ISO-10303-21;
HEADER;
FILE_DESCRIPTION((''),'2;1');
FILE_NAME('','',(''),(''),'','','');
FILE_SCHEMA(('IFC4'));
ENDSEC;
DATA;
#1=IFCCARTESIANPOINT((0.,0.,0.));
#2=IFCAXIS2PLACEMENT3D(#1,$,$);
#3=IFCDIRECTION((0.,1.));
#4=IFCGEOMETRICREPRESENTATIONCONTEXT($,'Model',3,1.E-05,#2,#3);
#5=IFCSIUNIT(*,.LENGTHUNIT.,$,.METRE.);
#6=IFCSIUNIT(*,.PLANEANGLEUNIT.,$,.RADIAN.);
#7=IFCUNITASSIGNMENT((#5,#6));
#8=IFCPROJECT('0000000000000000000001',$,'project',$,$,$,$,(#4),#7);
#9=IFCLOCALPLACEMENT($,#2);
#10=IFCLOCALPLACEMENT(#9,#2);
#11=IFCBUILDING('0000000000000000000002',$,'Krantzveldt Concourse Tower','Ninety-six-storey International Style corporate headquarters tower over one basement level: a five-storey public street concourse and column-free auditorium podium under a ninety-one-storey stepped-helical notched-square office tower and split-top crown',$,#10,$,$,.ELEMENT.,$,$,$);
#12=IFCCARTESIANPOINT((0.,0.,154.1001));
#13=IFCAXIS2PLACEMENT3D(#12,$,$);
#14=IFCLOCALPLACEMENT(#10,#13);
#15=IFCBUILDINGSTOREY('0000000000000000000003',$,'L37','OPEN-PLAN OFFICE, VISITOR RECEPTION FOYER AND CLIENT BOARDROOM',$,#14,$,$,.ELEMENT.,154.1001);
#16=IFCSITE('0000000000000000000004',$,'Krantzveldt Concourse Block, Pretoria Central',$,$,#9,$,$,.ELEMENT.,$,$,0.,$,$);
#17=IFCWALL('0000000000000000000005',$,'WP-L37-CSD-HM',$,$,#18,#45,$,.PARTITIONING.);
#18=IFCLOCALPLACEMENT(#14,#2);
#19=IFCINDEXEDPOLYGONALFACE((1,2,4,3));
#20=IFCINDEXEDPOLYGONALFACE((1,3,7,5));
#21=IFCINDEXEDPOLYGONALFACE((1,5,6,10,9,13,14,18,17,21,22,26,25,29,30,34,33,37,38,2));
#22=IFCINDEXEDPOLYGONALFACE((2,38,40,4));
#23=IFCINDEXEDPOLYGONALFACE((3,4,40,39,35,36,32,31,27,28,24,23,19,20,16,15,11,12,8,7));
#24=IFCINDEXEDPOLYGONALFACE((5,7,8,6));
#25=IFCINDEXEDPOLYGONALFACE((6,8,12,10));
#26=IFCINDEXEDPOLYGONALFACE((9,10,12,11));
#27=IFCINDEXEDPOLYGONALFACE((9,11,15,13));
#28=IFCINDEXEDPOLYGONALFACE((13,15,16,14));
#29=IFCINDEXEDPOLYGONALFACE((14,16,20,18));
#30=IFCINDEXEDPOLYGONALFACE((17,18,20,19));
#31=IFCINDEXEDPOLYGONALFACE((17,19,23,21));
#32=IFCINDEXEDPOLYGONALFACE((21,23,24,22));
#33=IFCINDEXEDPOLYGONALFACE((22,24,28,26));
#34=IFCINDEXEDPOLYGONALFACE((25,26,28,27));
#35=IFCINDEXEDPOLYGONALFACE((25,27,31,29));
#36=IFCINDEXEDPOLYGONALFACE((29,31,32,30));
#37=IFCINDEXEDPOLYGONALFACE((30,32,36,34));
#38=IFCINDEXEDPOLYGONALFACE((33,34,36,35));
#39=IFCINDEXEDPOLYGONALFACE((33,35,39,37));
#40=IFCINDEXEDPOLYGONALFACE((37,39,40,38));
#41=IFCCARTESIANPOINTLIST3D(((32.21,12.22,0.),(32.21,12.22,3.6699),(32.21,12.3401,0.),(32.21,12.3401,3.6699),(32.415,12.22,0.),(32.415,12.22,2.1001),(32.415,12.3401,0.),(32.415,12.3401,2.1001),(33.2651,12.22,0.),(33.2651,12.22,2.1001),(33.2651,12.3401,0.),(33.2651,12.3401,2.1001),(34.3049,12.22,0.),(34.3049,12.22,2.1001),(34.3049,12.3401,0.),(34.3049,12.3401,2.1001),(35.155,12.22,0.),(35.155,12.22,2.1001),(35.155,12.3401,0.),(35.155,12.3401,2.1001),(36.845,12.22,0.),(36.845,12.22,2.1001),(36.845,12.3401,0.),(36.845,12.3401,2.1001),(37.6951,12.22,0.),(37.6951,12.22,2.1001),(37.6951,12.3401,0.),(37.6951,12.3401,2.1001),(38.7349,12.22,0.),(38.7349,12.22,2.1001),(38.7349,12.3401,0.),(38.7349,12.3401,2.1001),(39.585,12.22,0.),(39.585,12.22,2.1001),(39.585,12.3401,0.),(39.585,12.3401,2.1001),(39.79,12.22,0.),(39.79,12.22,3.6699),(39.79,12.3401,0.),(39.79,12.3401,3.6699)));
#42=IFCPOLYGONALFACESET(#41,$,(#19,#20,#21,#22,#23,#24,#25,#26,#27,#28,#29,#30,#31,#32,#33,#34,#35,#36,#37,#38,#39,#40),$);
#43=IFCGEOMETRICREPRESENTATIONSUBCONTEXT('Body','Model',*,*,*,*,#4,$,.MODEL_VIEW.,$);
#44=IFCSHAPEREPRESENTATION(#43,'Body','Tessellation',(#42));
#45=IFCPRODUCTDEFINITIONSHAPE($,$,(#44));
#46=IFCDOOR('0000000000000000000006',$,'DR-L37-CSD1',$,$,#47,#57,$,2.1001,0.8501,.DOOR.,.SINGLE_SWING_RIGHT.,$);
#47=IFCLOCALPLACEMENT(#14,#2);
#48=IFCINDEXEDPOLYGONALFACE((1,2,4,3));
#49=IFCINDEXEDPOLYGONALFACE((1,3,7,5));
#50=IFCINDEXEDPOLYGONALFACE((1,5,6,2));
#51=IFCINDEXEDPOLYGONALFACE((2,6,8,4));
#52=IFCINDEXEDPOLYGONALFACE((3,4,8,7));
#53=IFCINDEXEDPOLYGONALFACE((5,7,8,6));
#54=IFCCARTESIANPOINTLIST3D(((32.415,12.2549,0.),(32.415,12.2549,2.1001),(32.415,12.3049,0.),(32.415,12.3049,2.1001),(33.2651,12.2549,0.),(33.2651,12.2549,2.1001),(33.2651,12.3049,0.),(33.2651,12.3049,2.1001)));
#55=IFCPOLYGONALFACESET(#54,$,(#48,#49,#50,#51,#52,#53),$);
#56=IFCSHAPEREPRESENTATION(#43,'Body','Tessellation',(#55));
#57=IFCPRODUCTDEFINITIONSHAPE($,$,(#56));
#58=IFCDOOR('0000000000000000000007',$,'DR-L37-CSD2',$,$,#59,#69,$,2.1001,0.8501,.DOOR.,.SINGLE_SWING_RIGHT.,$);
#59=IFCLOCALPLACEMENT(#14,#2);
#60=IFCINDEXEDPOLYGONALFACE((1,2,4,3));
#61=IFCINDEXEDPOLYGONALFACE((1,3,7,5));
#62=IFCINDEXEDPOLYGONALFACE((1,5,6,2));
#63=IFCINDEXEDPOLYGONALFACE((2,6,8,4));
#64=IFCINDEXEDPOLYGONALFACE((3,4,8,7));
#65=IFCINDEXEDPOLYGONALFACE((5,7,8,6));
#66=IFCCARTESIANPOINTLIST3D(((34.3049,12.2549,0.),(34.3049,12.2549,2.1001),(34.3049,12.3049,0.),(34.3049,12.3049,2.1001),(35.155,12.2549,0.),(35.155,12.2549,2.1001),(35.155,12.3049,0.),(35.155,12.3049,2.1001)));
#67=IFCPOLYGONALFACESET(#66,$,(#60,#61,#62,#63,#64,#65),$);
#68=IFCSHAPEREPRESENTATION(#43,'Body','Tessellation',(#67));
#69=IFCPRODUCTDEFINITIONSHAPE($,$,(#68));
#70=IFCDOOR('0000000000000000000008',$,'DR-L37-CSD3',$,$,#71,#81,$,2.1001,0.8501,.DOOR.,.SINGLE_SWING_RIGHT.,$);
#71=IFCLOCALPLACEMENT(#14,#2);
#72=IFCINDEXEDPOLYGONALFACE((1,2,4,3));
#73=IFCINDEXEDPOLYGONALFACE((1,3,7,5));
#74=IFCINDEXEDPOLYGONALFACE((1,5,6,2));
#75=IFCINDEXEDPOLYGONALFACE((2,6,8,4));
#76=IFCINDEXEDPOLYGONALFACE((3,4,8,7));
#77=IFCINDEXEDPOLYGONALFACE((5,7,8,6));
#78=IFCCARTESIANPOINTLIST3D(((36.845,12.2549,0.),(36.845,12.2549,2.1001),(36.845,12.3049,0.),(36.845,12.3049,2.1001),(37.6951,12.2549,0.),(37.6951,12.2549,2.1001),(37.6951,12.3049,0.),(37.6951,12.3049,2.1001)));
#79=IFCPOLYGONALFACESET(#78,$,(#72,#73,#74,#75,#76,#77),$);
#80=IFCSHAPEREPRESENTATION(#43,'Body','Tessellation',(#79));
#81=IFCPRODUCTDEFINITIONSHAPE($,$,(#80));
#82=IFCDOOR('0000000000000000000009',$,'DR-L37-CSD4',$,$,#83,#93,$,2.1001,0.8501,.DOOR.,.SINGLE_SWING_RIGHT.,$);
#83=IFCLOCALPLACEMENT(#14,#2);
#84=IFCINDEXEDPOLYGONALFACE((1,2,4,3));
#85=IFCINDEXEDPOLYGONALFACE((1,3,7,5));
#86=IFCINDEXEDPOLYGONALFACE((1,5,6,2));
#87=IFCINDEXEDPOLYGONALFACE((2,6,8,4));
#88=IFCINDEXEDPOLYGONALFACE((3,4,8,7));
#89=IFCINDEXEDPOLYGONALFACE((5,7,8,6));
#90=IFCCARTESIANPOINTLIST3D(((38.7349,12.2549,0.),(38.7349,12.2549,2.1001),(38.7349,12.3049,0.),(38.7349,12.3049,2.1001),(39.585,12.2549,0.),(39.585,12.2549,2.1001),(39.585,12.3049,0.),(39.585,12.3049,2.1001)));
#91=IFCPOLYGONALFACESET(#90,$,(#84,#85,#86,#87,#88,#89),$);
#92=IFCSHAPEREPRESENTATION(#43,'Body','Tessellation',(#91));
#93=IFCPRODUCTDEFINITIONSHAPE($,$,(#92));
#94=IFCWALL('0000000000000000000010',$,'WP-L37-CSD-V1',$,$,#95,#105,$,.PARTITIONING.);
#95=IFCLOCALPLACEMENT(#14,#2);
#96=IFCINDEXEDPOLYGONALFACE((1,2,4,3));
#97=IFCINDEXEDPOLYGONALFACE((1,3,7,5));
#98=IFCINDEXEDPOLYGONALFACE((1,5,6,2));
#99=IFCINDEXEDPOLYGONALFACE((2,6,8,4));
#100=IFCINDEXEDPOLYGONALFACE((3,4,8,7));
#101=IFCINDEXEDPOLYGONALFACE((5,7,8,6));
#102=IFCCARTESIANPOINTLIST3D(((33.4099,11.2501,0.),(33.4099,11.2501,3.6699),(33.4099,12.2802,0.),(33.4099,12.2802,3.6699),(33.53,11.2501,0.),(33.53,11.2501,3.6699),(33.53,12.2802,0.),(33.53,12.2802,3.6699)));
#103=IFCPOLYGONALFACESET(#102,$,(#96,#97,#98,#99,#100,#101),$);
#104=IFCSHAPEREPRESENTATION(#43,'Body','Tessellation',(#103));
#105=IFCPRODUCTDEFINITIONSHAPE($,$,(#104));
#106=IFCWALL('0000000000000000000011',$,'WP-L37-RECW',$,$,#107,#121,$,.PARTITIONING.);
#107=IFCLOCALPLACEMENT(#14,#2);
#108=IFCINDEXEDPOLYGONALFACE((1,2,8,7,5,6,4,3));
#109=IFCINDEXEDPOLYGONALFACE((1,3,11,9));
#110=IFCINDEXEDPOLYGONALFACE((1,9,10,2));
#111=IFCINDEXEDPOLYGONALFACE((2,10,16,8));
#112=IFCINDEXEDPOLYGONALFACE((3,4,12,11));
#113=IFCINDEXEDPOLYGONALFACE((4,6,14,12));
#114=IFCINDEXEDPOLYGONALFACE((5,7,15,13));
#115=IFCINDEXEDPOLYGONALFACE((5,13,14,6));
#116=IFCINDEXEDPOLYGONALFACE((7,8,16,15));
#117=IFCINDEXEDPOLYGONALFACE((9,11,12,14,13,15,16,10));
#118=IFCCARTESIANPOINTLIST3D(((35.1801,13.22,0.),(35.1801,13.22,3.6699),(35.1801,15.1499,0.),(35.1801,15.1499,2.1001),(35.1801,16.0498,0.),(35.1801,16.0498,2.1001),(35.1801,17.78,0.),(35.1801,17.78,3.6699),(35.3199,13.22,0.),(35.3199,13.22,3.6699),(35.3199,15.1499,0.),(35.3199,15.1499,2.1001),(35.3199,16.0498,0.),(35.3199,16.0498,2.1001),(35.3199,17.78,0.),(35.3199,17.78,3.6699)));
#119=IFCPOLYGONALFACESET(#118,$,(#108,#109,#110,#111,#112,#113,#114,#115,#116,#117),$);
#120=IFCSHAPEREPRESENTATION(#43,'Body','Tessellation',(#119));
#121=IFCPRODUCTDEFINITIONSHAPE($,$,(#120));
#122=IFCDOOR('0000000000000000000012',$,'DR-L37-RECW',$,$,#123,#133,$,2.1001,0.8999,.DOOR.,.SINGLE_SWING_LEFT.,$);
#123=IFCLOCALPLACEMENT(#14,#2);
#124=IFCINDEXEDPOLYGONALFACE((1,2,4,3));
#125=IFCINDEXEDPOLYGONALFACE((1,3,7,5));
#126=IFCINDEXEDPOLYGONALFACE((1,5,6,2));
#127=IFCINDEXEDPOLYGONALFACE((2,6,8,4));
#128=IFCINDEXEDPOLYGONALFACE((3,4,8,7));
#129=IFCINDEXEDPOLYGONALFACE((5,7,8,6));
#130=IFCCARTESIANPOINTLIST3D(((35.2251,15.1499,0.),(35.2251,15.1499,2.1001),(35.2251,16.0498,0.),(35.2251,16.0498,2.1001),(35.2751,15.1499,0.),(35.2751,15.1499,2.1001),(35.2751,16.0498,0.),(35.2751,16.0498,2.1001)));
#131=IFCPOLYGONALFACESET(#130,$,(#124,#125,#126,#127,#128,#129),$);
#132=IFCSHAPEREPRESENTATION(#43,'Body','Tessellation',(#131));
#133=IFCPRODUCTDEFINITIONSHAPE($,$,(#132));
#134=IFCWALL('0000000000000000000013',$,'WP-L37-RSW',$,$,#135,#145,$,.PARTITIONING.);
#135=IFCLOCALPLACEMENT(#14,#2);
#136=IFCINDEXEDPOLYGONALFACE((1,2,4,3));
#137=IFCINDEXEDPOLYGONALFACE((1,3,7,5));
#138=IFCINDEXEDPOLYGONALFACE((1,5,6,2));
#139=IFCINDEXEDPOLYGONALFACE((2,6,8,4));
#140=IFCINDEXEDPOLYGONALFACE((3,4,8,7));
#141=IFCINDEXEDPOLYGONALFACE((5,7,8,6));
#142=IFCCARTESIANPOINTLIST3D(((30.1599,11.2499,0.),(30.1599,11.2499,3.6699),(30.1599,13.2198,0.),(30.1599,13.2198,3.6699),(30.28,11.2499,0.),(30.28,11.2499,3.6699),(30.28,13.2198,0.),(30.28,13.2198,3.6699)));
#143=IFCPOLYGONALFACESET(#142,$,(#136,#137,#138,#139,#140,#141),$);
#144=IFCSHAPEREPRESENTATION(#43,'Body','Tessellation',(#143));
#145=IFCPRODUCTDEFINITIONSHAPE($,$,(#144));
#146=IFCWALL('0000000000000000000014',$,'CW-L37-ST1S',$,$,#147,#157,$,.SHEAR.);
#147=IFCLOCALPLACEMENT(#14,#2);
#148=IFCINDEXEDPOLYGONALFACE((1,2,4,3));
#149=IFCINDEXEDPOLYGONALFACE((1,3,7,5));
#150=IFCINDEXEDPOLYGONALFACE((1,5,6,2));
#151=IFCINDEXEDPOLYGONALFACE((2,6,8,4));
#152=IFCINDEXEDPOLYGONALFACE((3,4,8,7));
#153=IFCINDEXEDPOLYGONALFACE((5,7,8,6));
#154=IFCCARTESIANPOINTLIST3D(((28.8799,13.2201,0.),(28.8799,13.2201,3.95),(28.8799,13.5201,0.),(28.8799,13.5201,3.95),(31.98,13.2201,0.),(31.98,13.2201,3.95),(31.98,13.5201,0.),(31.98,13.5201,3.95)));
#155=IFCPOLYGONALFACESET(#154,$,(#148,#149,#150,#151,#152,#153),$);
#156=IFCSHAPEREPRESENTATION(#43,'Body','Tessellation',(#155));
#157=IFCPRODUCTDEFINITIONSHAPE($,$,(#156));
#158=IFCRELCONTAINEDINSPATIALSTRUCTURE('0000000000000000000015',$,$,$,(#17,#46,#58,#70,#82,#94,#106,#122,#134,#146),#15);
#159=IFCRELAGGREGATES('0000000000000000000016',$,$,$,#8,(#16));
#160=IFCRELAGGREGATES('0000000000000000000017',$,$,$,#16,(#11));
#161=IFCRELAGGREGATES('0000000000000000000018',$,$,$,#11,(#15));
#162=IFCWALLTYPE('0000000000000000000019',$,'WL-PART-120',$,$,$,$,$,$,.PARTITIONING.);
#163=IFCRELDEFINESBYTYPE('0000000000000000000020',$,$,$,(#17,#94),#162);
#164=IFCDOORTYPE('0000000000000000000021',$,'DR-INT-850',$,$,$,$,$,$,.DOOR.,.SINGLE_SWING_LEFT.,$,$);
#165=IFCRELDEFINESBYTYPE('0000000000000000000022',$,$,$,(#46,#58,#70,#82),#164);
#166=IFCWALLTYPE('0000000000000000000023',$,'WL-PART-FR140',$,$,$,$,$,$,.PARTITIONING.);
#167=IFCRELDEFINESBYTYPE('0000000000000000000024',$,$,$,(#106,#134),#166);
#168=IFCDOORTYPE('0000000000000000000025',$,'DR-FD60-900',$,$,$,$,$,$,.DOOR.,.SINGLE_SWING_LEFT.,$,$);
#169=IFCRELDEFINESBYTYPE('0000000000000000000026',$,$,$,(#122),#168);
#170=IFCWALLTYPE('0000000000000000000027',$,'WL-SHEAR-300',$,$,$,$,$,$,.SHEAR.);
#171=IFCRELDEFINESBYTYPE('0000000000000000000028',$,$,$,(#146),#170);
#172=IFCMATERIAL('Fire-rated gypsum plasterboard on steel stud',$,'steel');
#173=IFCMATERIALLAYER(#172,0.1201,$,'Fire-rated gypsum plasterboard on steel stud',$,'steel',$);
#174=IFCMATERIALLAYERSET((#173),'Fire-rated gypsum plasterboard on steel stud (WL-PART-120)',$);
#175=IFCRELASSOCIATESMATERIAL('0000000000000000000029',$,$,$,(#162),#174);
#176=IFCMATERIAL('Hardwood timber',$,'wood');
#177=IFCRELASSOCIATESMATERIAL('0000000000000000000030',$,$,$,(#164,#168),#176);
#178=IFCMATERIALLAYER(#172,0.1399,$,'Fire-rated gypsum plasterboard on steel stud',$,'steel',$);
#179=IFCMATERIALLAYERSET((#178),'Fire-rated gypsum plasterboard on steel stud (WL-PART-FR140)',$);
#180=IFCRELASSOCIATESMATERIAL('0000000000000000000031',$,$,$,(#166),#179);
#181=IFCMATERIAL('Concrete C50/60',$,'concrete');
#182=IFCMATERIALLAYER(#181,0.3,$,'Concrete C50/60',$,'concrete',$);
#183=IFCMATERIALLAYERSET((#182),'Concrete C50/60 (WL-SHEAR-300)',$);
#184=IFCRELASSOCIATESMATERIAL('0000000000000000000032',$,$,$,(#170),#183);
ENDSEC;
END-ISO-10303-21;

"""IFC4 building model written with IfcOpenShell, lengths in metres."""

from ifc_helpers import new_model, si_unit, direction, frame, frame_2d, origin, place, context, subcontext, project, spatial, rectangle, extrude, material, layer, layer_set, type_object, element, fill, save


model = new_model("IFC4")

# Units and contexts
model_context = context("Model", 3, precision=1e-05, world=origin(), true_north=direction((0.0, 1.0)))
body_context = subcontext(model_context, "Body", "Model", "MODEL_VIEW")
ifc_project = project(units=[si_unit("LENGTHUNIT", "METRE"), si_unit("PLANEANGLEUNIT", "RADIAN")], contexts=[model_context])

# Site, building, storey
site_placement = place(None, origin())
site = spatial("IfcSite", under=ifc_project, at=site_placement, Name="Krantzveldt Concourse Block, Pretoria Central", CompositionType="ELEMENT", RefElevation=0.0)
building_placement = place(site_placement, origin())
building = spatial("IfcBuilding", under=site, at=building_placement, Name="Krantzveldt Concourse Tower", Description="Ninety-six-storey International Style corporate headquarters tower over one basement level: a five-storey public street concourse and column-free auditorium podium under a ninety-one-storey stepped-helical notched-square office tower and split-top crown", CompositionType="ELEMENT")
storey_placement = place(building_placement, frame((0.0, 0.0, 154.1001)))
storey = spatial("IfcBuildingStorey", under=building, at=storey_placement, Name="L37", Description="OPEN-PLAN OFFICE, VISITOR RECEPTION FOYER AND CLIENT BOARDROOM", CompositionType="ELEMENT", Elevation=154.1001)

# Shared definitions
ifc_material_1 = material(Name="Fire-rated gypsum plasterboard on steel stud", Category="steel")
ifc_layer_1 = layer(ifc_material_1, 0.1201, Name="Fire-rated gypsum plasterboard on steel stud", Category="steel")
ifc_layer_set_1 = layer_set([ifc_layer_1], Name="Fire-rated gypsum plasterboard on steel stud (WL-PART-120)")
wall_type_1 = type_object("IfcWallType", Name="WL-PART-120", PredefinedType="PARTITIONING", material=ifc_layer_set_1)
ifc_material_2 = material(Name="Hardwood timber", Category="wood")
door_type_1 = type_object("IfcDoorType", Name="DR-INT-850", OperationType="SINGLE_SWING_LEFT", PredefinedType="DOOR", material=ifc_material_2)

# Wall, openings, doors
wall_1_placement = place(storey_placement, frame((32.21, 12.28, 0.0), z_axis=(0.0, 0.0, 1.0), x_axis=(1.0, 0.0, 0.0)))
wall_1 = element("IfcWall", 1, at=wall_1_placement, inside=storey, type_object=wall_type_1, Name="WP-L37-CSD-HM", PredefinedType="PARTITIONING", context=body_context, shape_type="SweptSolid", body=[
    extrude(rectangle(XDim=7.5801, YDim=0.1201, at=frame_2d((3.79, 0.0))), origin(), (0.0, 0.0, 1.0), 3.6699),
])
opening_1_placement = place(wall_1_placement, frame((0.2051, 0.0, 0.0)))
opening_1 = element("IfcOpeningElement", 2, at=opening_1_placement, cuts=wall_1, PredefinedType="OPENING", context=body_context, shape_type="SweptSolid", body=[
    extrude(rectangle(XDim=0.8501, YDim=2.1001, at=frame_2d((0.425, 1.05))), frame((0.0, 0.0701, 0.0), z_axis=(0.0, -1.0, 0.0), x_axis=(1.0, 0.0, 0.0)), (0.0, 0.0, 1.0), 0.1401),
])
opening_2_placement = place(wall_1_placement, frame((2.095, 0.0, 0.0)))
opening_2 = element("IfcOpeningElement", 3, at=opening_2_placement, cuts=wall_1, PredefinedType="OPENING", context=body_context, shape_type="SweptSolid", body=[
    extrude(rectangle(XDim=0.8501, YDim=2.1001, at=frame_2d((0.425, 1.05))), frame((0.0, 0.0701, 0.0), z_axis=(0.0, -1.0, 0.0), x_axis=(1.0, 0.0, 0.0)), (0.0, 0.0, 1.0), 0.1401),
])
opening_3_placement = place(wall_1_placement, frame((4.635, 0.0, 0.0)))
opening_3 = element("IfcOpeningElement", 4, at=opening_3_placement, cuts=wall_1, PredefinedType="OPENING", context=body_context, shape_type="SweptSolid", body=[
    extrude(rectangle(XDim=0.8501, YDim=2.1001, at=frame_2d((0.425, 1.05))), frame((0.0, 0.0701, 0.0), z_axis=(0.0, -1.0, 0.0), x_axis=(1.0, 0.0, 0.0)), (0.0, 0.0, 1.0), 0.1401),
])
opening_4_placement = place(wall_1_placement, frame((6.5249, 0.0, 0.0)))
opening_4 = element("IfcOpeningElement", 5, at=opening_4_placement, cuts=wall_1, PredefinedType="OPENING", context=body_context, shape_type="SweptSolid", body=[
    extrude(rectangle(XDim=0.8501, YDim=2.1001, at=frame_2d((0.425, 1.05))), frame((0.0, 0.0701, 0.0), z_axis=(0.0, -1.0, 0.0), x_axis=(1.0, 0.0, 0.0)), (0.0, 0.0, 1.0), 0.1401),
])
door_1_placement = place(opening_1_placement, origin())
door_1 = element("IfcDoor", 6, at=door_1_placement, inside=storey, type_object=door_type_1, Name="DR-L37-CSD1", OperationType="SINGLE_SWING_RIGHT", OverallHeight=2.1001, OverallWidth=0.8501, PredefinedType="DOOR", context=body_context, shape_type="SweptSolid", body=[
    extrude(rectangle(XDim=0.8501, YDim=2.1001, at=frame_2d((0.425, 1.05))), frame((0.0, 0.0249, 0.0), z_axis=(0.0, -1.0, 0.0), x_axis=(1.0, 0.0, 0.0)), (0.0, 0.0, 1.0), 0.05),
])
fill(opening_1, door_1)
door_2_placement = place(opening_2_placement, origin())
door_2 = element("IfcDoor", 7, at=door_2_placement, inside=storey, type_object=door_type_1, Name="DR-L37-CSD2", OperationType="SINGLE_SWING_RIGHT", OverallHeight=2.1001, OverallWidth=0.8501, PredefinedType="DOOR", context=body_context, shape_type="SweptSolid", body=[
    extrude(rectangle(XDim=0.8501, YDim=2.1001, at=frame_2d((0.425, 1.05))), frame((0.0, 0.0249, 0.0), z_axis=(0.0, -1.0, 0.0), x_axis=(1.0, 0.0, 0.0)), (0.0, 0.0, 1.0), 0.05),
])
fill(opening_2, door_2)
door_3_placement = place(opening_3_placement, origin())
door_3 = element("IfcDoor", 8, at=door_3_placement, inside=storey, type_object=door_type_1, Name="DR-L37-CSD3", OperationType="SINGLE_SWING_RIGHT", OverallHeight=2.1001, OverallWidth=0.8501, PredefinedType="DOOR", context=body_context, shape_type="SweptSolid", body=[
    extrude(rectangle(XDim=0.8501, YDim=2.1001, at=frame_2d((0.425, 1.05))), frame((0.0, 0.0249, 0.0), z_axis=(0.0, -1.0, 0.0), x_axis=(1.0, 0.0, 0.0)), (0.0, 0.0, 1.0), 0.05),
])
fill(opening_3, door_3)
door_4_placement = place(opening_4_placement, origin())
door_4 = element("IfcDoor", 9, at=door_4_placement, inside=storey, type_object=door_type_1, Name="DR-L37-CSD4", OperationType="SINGLE_SWING_RIGHT", OverallHeight=2.1001, OverallWidth=0.8501, PredefinedType="DOOR", context=body_context, shape_type="SweptSolid", body=[
    extrude(rectangle(XDim=0.8501, YDim=2.1001, at=frame_2d((0.425, 1.05))), frame((0.0, 0.0249, 0.0), z_axis=(0.0, -1.0, 0.0), x_axis=(1.0, 0.0, 0.0)), (0.0, 0.0, 1.0), 0.05),
])
fill(opening_4, door_4)

# Wall
wall_2_placement = place(storey_placement, frame((33.47, 11.25, 0.0), z_axis=(0.0, 0.0, 1.0), x_axis=(0.0, 1.0, 0.0)))
element("IfcWall", 10, at=wall_2_placement, inside=storey, type_object=wall_type_1, Name="WP-L37-CSD-V1", PredefinedType="PARTITIONING", context=body_context, shape_type="SweptSolid", body=[
    extrude(rectangle(XDim=1.03, YDim=0.1201, at=frame_2d((0.5151, 0.0))), origin(), (0.0, 0.0, 1.0), 3.6699),
])

# Wall, opening, door
ifc_layer_2 = layer(ifc_material_1, 0.1399, Name="Fire-rated gypsum plasterboard on steel stud", Category="steel")
ifc_layer_set_2 = layer_set([ifc_layer_2], Name="Fire-rated gypsum plasterboard on steel stud (WL-PART-FR140)")
wall_type_2 = type_object("IfcWallType", Name="WL-PART-FR140", PredefinedType="PARTITIONING", material=ifc_layer_set_2)
wall_3_placement = place(storey_placement, frame((35.25, 13.22, 0.0), z_axis=(0.0, 0.0, 1.0), x_axis=(0.0, 1.0, 0.0)))
wall_3 = element("IfcWall", 11, at=wall_3_placement, inside=storey, type_object=wall_type_2, Name="WP-L37-RECW", PredefinedType="PARTITIONING", context=body_context, shape_type="SweptSolid", body=[
    extrude(rectangle(XDim=4.5601, YDim=0.1399, at=frame_2d((2.28, 0.0))), origin(), (0.0, 0.0, 1.0), 3.6699),
])
opening_5_placement = place(wall_3_placement, frame((1.9299, 0.0, 0.0)))
opening_5 = element("IfcOpeningElement", 12, at=opening_5_placement, cuts=wall_3, PredefinedType="OPENING", context=body_context, shape_type="SweptSolid", body=[
    extrude(rectangle(XDim=0.8999, YDim=2.1001, at=frame_2d((0.45, 1.05))), frame((0.0, 0.0801, 0.0), z_axis=(0.0, -1.0, 0.0), x_axis=(1.0, 0.0, 0.0)), (0.0, 0.0, 1.0), 0.1599),
])
door_type_2 = type_object("IfcDoorType", Name="DR-FD60-900", OperationType="SINGLE_SWING_LEFT", PredefinedType="DOOR", material=ifc_material_2)
door_5_placement = place(opening_5_placement, origin())
door_5 = element("IfcDoor", 13, at=door_5_placement, inside=storey, type_object=door_type_2, Name="DR-L37-RECW", OperationType="SINGLE_SWING_LEFT", OverallHeight=2.1001, OverallWidth=0.8999, PredefinedType="DOOR", context=body_context, shape_type="SweptSolid", body=[
    extrude(rectangle(XDim=0.8999, YDim=2.1001, at=frame_2d((0.45, 1.05))), frame((0.0, 0.0249, 0.0), z_axis=(0.0, -1.0, 0.0), x_axis=(1.0, 0.0, 0.0)), (0.0, 0.0, 1.0), 0.05),
])
fill(opening_5, door_5)

# Walls
wall_4_placement = place(storey_placement, frame((30.22, 11.25, 0.0), z_axis=(0.0, 0.0, 1.0), x_axis=(0.0, 1.0, 0.0)))
element("IfcWall", 14, at=wall_4_placement, inside=storey, type_object=wall_type_2, Name="WP-L37-RSW", PredefinedType="PARTITIONING", context=body_context, shape_type="SweptSolid", body=[
    extrude(rectangle(XDim=1.97, YDim=0.1201, at=frame_2d((0.9849, 0.0))), origin(), (0.0, 0.0, 1.0), 3.6699),
])
ifc_material_3 = material(Name="Concrete C50/60", Category="concrete")
ifc_layer_3 = layer(ifc_material_3, 0.3, Name="Concrete C50/60", Category="concrete")
ifc_layer_set_3 = layer_set([ifc_layer_3], Name="Concrete C50/60 (WL-SHEAR-300)")
wall_type_3 = type_object("IfcWallType", Name="WL-SHEAR-300", PredefinedType="SHEAR", material=ifc_layer_set_3)
wall_5_placement = place(storey_placement, frame((28.8799, 13.3701, 0.0), z_axis=(0.0, 0.0, 1.0), x_axis=(1.0, 0.0, 0.0)))
element("IfcWall", 15, at=wall_5_placement, inside=storey, type_object=wall_type_3, Name="CW-L37-ST1S", PredefinedType="SHEAR", context=body_context, shape_type="SweptSolid", body=[
    extrude(rectangle(XDim=3.1001, YDim=0.3, at=frame_2d((1.55, 0.0))), origin(), (0.0, 0.0, 1.0), 3.95),
])

save(model, "model.ifc")
